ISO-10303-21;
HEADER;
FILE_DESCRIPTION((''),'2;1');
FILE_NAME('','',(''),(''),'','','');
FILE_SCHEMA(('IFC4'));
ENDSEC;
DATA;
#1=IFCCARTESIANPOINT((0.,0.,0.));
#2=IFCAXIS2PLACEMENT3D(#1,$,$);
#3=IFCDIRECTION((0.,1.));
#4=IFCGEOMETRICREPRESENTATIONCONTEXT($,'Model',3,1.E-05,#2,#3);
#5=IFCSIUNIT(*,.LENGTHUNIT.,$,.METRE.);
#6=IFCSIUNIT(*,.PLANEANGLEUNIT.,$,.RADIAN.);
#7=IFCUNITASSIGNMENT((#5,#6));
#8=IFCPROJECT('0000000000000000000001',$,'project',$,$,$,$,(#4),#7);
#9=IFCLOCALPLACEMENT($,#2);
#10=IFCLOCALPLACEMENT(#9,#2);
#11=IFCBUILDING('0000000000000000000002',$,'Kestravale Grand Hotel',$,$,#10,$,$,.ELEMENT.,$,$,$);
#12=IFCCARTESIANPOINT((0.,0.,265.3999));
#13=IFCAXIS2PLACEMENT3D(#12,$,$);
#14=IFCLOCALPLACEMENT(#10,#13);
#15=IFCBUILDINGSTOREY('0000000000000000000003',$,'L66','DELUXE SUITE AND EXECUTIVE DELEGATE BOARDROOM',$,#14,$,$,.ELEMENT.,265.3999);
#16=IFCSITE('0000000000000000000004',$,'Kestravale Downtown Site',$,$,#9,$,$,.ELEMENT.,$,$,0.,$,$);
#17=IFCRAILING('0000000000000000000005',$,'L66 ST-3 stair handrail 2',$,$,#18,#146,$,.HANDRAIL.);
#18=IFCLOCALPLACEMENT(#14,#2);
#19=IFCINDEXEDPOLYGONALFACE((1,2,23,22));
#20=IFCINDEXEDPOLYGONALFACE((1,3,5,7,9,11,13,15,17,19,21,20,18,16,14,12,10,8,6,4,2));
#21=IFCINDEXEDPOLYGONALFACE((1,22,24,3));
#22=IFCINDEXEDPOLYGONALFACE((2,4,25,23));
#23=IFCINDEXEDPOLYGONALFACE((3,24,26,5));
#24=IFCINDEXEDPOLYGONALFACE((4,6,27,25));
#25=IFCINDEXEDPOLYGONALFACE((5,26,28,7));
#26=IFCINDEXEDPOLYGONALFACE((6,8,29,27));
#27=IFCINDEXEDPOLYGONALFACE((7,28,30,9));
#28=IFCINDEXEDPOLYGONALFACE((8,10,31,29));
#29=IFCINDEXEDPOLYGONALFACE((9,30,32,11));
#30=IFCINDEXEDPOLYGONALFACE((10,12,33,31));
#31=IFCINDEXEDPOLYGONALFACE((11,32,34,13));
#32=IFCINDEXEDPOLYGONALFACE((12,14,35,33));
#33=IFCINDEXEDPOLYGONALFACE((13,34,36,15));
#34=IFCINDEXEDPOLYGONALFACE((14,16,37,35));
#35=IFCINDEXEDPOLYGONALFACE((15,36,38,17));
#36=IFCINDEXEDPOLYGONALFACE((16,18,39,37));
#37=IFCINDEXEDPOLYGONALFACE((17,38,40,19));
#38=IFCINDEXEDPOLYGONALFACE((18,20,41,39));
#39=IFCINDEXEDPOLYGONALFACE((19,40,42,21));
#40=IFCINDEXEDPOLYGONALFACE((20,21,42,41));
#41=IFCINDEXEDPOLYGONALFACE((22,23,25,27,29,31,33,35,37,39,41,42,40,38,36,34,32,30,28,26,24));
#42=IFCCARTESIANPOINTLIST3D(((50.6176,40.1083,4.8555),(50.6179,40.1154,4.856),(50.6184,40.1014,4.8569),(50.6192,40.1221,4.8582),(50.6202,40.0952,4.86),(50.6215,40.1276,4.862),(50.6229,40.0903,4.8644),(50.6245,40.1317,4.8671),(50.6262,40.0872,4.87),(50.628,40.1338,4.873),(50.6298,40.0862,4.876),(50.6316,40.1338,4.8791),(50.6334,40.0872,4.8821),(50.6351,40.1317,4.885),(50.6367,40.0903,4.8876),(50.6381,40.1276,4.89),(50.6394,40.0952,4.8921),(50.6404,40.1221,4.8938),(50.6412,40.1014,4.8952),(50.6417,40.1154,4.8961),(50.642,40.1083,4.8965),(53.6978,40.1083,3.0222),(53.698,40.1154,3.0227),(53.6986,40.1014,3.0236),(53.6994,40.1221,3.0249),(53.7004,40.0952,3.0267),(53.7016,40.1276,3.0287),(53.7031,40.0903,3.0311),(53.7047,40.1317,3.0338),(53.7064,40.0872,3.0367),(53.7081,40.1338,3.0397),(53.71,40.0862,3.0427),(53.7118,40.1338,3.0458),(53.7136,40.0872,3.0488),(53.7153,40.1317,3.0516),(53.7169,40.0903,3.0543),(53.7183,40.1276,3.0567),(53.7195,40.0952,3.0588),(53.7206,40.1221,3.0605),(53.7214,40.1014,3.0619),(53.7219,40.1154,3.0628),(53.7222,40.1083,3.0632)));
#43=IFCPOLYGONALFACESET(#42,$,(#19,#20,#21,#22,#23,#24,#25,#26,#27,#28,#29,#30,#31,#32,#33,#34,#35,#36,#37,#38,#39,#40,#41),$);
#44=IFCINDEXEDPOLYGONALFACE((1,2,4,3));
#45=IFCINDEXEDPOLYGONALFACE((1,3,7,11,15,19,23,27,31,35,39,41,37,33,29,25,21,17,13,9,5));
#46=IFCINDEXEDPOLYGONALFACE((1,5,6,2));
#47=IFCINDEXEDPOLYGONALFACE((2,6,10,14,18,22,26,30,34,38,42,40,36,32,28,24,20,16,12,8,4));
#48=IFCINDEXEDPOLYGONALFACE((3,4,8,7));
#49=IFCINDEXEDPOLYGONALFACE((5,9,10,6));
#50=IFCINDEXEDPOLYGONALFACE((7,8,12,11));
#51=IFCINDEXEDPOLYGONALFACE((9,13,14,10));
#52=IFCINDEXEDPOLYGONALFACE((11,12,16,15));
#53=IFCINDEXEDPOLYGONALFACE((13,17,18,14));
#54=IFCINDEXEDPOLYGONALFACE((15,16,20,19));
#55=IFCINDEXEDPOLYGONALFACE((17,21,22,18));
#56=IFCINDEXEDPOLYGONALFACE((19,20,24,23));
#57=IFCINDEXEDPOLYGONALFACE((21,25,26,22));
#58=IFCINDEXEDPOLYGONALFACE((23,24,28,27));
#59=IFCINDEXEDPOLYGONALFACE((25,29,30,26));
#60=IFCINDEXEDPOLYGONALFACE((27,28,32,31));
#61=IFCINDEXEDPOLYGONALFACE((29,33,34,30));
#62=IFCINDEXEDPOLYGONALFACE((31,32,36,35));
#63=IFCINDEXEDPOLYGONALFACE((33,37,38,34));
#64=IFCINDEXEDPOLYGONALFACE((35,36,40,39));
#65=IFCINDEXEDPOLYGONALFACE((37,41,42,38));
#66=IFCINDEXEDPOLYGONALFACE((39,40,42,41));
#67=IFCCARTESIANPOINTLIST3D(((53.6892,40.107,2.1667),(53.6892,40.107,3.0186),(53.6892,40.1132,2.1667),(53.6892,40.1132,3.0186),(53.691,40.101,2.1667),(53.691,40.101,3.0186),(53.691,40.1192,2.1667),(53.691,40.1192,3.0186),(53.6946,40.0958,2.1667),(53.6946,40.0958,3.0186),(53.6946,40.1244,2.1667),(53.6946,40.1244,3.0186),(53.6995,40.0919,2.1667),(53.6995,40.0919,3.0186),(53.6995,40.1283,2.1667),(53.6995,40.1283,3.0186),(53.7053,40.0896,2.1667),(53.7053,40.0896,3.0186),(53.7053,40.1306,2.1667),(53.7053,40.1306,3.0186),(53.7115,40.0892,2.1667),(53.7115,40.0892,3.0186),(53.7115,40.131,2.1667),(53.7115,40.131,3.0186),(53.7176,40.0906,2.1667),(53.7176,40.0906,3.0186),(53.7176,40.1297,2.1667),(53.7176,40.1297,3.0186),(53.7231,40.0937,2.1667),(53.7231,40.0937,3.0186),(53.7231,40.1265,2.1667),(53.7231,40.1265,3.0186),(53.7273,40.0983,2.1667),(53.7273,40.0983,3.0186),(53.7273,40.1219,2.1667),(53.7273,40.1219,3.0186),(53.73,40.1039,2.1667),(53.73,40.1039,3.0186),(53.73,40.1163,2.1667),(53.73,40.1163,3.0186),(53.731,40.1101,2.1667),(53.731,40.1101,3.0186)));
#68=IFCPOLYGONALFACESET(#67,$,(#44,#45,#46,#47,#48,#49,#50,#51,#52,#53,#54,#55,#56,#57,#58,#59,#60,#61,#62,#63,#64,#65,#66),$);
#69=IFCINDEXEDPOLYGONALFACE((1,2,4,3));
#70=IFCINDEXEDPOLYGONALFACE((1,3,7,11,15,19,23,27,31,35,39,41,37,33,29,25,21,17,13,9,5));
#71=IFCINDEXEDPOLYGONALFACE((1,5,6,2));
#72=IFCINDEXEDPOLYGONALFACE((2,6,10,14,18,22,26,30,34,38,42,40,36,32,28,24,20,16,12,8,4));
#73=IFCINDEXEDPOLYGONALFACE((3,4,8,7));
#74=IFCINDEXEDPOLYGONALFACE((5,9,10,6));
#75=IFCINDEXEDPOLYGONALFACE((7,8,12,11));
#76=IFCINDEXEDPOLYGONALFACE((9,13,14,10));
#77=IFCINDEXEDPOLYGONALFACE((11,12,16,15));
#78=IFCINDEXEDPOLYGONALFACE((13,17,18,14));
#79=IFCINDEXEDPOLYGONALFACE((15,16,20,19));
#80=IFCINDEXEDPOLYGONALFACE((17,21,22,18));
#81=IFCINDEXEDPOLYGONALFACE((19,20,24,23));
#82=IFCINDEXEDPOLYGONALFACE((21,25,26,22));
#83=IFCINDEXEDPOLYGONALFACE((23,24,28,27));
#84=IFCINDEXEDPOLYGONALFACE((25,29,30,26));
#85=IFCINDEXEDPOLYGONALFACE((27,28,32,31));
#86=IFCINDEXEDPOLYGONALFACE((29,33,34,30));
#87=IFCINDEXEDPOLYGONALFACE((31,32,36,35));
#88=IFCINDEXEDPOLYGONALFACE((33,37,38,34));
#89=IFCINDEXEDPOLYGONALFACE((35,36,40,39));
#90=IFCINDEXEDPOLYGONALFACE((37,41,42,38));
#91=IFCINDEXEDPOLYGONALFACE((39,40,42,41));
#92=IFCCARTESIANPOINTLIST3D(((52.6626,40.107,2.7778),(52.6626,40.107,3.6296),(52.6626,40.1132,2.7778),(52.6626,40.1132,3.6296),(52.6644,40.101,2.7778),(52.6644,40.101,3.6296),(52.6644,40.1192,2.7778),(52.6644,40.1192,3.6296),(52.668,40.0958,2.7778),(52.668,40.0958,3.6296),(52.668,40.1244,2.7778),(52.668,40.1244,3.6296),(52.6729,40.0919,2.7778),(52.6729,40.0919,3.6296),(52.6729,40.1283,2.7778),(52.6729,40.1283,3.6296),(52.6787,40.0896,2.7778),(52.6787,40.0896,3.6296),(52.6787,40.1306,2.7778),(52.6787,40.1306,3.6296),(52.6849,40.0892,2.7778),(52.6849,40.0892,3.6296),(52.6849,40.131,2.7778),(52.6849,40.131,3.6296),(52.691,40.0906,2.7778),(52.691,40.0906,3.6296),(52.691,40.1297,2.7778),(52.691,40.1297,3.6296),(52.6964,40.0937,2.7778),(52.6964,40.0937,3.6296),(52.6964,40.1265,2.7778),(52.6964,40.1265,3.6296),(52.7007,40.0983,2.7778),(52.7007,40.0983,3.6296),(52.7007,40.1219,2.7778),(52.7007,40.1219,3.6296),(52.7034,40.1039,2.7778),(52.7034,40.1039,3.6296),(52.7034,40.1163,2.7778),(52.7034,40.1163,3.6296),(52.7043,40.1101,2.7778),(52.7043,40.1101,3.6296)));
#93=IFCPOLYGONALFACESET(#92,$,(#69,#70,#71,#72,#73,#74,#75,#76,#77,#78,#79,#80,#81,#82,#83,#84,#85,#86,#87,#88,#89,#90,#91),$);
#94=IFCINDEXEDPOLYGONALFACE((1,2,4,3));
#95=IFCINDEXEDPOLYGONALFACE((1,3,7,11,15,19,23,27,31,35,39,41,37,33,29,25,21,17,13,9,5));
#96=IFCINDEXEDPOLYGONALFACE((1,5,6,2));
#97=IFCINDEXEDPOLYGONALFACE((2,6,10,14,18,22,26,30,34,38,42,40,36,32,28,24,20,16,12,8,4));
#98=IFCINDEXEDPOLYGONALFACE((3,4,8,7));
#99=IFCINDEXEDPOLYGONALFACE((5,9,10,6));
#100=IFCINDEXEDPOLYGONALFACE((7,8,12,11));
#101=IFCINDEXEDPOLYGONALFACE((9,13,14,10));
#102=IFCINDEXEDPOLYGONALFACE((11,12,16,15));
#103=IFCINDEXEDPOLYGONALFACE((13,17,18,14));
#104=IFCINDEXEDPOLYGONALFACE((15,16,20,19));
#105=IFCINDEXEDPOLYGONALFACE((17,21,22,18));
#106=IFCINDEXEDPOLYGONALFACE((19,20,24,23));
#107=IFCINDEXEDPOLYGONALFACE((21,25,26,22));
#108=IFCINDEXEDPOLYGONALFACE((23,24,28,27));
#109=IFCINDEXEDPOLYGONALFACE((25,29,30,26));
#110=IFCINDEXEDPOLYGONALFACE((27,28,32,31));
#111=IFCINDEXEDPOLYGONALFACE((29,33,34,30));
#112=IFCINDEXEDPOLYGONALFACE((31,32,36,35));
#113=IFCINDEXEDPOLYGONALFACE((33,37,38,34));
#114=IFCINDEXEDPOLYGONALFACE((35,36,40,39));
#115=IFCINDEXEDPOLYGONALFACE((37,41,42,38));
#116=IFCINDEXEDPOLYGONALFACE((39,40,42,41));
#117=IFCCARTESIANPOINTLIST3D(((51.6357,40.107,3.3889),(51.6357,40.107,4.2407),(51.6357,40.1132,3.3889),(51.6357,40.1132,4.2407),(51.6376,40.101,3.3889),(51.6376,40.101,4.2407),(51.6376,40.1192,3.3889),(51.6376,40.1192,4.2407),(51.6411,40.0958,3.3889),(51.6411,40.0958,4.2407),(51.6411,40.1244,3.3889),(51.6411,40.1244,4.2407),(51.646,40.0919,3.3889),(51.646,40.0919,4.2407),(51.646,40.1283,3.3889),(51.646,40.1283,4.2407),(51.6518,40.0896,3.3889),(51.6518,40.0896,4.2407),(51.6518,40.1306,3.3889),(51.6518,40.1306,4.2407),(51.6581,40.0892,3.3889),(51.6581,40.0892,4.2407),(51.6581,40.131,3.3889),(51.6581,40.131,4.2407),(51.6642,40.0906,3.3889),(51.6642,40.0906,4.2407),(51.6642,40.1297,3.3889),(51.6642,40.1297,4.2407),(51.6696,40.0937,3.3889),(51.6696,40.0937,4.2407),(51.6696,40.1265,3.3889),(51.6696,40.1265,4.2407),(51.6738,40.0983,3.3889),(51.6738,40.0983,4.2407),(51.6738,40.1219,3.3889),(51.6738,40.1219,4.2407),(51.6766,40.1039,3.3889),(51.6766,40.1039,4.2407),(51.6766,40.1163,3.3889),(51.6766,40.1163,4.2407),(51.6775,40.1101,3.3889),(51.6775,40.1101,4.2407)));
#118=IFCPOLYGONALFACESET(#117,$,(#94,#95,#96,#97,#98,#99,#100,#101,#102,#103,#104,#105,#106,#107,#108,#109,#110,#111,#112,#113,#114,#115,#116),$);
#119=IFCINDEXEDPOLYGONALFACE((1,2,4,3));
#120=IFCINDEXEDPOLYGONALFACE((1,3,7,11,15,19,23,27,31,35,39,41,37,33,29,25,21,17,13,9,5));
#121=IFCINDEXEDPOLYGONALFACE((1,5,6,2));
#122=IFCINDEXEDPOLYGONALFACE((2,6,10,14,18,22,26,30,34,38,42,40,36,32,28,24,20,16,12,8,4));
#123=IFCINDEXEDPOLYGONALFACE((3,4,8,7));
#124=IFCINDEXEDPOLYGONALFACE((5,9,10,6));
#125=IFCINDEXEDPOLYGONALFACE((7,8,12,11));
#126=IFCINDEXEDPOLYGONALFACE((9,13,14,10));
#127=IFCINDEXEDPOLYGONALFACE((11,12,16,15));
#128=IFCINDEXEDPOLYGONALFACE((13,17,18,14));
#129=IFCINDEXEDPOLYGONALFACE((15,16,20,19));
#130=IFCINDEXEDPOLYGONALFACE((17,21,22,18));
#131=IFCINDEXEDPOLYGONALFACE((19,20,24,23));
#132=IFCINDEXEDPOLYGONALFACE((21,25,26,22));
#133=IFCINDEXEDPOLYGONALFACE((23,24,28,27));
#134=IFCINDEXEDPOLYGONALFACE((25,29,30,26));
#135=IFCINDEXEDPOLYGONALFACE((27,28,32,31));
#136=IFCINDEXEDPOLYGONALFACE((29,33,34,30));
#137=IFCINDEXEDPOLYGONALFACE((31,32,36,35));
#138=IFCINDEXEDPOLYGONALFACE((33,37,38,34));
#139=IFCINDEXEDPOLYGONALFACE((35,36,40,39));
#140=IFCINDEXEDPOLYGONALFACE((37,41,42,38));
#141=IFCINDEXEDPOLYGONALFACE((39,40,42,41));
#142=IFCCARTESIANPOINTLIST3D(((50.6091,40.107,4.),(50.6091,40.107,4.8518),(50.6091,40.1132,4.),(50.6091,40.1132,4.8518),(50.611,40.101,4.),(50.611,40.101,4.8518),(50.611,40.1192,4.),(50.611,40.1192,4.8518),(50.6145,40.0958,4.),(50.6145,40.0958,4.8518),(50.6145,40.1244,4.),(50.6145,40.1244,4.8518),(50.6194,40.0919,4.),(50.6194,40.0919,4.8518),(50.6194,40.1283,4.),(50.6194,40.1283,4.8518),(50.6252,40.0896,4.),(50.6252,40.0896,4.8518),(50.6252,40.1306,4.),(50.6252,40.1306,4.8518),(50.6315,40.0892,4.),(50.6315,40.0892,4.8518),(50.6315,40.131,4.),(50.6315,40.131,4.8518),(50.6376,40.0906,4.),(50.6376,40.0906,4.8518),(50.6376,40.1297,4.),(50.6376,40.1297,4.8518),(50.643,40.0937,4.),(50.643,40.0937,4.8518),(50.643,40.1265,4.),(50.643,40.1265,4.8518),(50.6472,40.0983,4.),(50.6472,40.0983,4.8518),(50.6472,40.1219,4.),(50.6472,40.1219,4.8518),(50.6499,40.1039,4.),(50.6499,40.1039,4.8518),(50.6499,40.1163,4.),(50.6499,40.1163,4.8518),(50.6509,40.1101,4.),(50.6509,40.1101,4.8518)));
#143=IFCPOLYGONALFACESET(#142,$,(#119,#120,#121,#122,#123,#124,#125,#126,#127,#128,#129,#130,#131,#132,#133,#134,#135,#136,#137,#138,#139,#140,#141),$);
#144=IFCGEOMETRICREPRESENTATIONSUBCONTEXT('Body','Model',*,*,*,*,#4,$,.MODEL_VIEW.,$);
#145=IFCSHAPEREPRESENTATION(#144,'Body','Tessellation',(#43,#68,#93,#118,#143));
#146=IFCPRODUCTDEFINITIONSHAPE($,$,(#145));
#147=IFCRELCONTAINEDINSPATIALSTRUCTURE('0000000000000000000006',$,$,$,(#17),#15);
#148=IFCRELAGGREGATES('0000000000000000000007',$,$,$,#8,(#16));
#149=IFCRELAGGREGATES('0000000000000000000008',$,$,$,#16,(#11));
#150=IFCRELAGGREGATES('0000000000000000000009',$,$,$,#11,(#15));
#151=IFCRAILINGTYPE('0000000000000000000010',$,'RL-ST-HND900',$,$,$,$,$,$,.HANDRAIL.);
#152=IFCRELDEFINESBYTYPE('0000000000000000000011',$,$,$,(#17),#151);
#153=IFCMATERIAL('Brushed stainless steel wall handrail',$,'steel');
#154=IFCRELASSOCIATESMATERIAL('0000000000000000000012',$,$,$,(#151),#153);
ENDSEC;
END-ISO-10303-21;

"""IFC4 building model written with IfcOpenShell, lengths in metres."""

from ifc_helpers import new_model, si_unit, direction, frame, origin, origin_2d, place, context, subcontext, project, spatial, circle, extrude, material, type_object, element, save


model = new_model("IFC4")

# Units and contexts
model_context = context("Model", 3, precision=1e-05, world=origin(), true_north=direction((0.0, 1.0)))
body_context = subcontext(model_context, "Body", "Model", "MODEL_VIEW")
ifc_project = project(units=[si_unit("LENGTHUNIT", "METRE"), si_unit("PLANEANGLEUNIT", "RADIAN")], contexts=[model_context])

# Site, building, storey
site_placement = place(None, origin())
site = spatial("IfcSite", under=ifc_project, at=site_placement, Name="Kestravale Downtown Site", CompositionType="ELEMENT", RefElevation=0.0)
building_placement = place(site_placement, origin())
building = spatial("IfcBuilding", under=site, at=building_placement, Name="Kestravale Grand Hotel", CompositionType="ELEMENT")
storey_placement = place(building_placement, frame((0.0, 0.0, 265.3999)))
storey = spatial("IfcBuildingStorey", under=building, at=storey_placement, Name="L66", Description="DELUXE SUITE AND EXECUTIVE DELEGATE BOARDROOM", CompositionType="ELEMENT", Elevation=265.3999)

# Railing
ifc_material_1 = material(Name="Brushed stainless steel wall handrail", Category="steel")
railing_type_1 = type_object("IfcRailingType", Name="RL-ST-HND900", PredefinedType="HANDRAIL", material=ifc_material_1)
railing_1_placement = place(storey_placement, frame((53.71, 40.1101, 2.1667)))
element("IfcRailing", 1, at=railing_1_placement, inside=storey, type_object=railing_type_1, Name="L66 ST-3 stair handrail 2", PredefinedType="HANDRAIL", context=body_context, shape_type="SweptSolid", body=[
    extrude(circle(Radius=0.0239, at=origin_2d()), frame((0.0, 0.0, 0.876), z_axis=(-0.859309, 0.0, 0.511458), x_axis=(0.0, -1.0, 0.0)), (0.0, 0.0, 1.0), 3.5845),
    extrude(circle(Radius=0.021, at=origin_2d()), origin(), (0.0, 0.0, 1.0), 0.8518),
    extrude(circle(Radius=0.021, at=origin_2d()), frame((-1.0266, 0.0, 0.6111)), (0.0, 0.0, 1.0), 0.8518),
    extrude(circle(Radius=0.021, at=origin_2d()), frame((-2.0535, 0.0, 1.2222)), (0.0, 0.0, 1.0), 0.8518),
    extrude(circle(Radius=0.021, at=origin_2d()), frame((-3.0801, 0.0, 1.8333)), (0.0, 0.0, 1.0), 0.8518),
])

save(model, "model.ifc")
